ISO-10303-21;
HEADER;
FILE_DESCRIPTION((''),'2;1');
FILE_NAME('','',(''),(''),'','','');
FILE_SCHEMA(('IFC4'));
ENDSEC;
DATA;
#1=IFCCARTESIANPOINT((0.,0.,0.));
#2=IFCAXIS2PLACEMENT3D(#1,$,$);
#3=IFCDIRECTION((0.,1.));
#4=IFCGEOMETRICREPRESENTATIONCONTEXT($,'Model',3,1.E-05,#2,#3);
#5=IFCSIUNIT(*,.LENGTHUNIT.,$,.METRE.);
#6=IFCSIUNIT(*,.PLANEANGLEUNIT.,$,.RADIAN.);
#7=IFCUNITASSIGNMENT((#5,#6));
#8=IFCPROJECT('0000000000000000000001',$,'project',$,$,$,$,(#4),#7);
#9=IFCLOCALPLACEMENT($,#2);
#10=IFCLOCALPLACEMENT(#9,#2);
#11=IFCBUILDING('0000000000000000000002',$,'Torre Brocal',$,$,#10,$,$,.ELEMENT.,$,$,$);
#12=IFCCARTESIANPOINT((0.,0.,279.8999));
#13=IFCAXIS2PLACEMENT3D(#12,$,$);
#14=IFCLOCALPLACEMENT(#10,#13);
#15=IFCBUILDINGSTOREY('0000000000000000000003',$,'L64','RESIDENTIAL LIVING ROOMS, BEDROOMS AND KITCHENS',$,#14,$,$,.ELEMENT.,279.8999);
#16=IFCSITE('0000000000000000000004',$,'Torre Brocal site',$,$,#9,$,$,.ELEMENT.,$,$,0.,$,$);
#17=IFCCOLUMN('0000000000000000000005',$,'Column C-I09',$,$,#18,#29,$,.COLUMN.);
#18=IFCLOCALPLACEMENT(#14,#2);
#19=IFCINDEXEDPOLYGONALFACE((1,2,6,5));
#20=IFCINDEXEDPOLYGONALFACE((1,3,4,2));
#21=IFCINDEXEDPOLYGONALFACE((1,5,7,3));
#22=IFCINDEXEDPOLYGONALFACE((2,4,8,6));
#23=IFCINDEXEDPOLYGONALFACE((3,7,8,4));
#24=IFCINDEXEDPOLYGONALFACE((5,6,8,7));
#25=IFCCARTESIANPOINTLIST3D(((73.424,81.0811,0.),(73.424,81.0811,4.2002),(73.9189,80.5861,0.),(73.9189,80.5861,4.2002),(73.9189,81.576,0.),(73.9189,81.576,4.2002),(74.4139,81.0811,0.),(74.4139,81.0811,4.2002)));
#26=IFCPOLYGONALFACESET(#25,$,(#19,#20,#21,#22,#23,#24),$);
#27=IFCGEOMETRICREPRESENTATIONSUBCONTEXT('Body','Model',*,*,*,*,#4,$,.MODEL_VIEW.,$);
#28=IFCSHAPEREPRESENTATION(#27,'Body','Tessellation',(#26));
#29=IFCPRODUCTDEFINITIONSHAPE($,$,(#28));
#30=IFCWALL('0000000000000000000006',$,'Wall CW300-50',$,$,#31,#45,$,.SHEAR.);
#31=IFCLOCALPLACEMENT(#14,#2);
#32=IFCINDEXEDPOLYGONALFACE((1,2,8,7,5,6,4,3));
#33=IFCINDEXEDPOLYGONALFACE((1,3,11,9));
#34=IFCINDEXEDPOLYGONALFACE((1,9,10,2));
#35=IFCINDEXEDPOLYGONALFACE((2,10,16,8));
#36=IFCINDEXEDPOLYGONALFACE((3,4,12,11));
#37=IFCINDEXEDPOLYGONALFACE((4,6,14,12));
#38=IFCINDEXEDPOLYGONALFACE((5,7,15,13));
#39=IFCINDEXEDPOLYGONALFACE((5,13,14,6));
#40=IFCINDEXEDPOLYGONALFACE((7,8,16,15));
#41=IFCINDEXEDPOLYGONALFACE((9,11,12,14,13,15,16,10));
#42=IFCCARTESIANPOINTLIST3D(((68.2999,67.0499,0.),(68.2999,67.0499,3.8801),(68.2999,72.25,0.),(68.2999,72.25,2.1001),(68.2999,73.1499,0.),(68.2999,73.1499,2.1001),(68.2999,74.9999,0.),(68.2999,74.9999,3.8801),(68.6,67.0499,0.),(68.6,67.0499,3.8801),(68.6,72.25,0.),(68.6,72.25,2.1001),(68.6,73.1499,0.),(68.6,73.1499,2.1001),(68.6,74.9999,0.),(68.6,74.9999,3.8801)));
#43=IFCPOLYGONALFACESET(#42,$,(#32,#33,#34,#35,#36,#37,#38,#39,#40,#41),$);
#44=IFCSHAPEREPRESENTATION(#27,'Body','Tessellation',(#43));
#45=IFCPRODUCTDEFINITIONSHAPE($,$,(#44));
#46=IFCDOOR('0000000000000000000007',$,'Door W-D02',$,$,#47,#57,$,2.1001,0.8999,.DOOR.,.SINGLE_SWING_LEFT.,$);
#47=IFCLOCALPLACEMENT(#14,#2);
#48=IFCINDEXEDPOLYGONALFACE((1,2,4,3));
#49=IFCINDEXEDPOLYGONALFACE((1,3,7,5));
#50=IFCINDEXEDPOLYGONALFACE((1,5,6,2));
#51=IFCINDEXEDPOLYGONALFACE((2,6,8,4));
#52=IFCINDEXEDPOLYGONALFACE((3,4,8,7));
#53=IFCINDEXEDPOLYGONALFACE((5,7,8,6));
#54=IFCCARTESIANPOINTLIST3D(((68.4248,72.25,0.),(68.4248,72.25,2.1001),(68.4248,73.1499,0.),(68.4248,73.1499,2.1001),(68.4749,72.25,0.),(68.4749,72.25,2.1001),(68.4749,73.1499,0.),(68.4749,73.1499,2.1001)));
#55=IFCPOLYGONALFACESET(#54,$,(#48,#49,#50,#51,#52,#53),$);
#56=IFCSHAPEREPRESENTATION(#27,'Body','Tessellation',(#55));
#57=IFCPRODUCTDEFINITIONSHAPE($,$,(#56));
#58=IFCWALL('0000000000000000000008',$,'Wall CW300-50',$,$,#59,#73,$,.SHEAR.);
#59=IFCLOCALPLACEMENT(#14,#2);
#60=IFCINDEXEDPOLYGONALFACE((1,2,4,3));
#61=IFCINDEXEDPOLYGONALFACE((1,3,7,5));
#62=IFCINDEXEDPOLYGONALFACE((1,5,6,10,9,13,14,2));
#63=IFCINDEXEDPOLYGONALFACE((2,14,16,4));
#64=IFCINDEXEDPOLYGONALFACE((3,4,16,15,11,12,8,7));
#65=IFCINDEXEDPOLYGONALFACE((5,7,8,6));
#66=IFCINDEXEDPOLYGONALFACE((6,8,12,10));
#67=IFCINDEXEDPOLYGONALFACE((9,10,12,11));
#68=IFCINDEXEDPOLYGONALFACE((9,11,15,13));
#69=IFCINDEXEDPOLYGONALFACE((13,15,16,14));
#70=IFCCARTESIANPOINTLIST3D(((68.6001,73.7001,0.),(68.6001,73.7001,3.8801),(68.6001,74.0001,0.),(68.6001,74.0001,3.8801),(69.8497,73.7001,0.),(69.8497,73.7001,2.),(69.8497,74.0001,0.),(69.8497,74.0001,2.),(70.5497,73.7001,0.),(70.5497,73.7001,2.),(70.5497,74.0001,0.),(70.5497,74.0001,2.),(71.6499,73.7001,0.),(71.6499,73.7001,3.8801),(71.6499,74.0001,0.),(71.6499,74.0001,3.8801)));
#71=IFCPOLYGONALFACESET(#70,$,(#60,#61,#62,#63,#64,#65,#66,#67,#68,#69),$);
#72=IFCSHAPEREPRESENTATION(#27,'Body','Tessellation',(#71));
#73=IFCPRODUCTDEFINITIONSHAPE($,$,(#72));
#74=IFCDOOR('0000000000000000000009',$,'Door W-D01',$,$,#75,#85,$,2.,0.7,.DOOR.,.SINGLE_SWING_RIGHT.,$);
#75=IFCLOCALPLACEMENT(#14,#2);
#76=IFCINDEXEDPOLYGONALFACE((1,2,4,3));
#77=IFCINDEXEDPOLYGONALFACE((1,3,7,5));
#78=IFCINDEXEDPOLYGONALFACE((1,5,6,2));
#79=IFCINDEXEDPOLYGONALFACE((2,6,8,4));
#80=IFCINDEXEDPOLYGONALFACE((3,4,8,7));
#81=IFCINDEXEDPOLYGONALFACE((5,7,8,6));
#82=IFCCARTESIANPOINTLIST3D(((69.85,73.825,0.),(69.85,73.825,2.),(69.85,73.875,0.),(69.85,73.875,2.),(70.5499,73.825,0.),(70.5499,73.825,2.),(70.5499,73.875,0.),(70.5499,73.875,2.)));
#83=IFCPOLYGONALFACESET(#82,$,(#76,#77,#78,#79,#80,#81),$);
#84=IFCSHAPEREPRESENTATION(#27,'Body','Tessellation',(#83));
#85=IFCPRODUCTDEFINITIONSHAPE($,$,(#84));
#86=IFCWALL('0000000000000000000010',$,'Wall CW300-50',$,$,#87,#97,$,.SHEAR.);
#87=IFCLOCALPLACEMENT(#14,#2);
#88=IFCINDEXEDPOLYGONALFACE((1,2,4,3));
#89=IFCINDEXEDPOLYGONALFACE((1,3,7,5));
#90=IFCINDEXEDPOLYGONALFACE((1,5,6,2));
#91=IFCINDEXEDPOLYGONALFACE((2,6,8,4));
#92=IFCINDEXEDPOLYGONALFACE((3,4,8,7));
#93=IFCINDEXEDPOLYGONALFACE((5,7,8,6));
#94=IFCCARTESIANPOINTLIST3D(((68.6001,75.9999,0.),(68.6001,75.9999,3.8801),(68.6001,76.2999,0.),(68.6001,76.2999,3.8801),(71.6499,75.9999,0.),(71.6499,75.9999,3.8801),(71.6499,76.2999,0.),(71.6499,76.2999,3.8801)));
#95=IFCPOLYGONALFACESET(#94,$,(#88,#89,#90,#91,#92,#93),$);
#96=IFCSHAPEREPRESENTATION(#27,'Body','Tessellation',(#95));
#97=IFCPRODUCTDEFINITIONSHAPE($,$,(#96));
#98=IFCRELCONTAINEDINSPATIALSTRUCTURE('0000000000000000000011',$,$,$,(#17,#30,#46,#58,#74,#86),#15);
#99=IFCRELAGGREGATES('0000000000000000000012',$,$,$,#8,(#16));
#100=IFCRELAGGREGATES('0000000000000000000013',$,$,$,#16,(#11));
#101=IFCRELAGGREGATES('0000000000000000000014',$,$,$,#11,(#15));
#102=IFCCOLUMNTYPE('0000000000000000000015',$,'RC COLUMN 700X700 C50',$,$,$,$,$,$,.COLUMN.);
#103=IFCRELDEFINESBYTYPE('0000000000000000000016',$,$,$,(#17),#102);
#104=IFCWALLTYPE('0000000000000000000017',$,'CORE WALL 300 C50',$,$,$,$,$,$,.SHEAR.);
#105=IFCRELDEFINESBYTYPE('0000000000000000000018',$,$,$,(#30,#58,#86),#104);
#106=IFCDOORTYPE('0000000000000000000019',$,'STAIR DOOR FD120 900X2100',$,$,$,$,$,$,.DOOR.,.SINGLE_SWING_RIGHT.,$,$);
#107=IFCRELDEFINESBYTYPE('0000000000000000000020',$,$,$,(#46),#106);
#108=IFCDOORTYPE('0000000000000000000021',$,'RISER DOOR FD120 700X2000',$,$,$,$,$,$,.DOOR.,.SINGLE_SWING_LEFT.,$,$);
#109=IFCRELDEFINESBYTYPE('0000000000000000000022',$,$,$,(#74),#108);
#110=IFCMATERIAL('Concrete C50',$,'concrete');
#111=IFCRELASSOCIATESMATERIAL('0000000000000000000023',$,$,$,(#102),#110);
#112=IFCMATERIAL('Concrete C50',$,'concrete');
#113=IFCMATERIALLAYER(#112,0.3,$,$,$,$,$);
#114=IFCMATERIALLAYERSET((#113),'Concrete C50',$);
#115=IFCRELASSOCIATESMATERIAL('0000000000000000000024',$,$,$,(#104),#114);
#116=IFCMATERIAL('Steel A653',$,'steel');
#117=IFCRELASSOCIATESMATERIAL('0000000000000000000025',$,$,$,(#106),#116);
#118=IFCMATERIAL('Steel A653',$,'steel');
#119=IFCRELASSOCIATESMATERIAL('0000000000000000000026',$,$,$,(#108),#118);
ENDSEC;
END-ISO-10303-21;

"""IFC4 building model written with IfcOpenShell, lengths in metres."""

from ifc_helpers import new_model, si_unit, direction, frame, frame_2d, origin, origin_2d, place, context, subcontext, project, spatial, rectangle, extrude, material, layer, layer_set, material_profile, profile_set, type_object, element, fill, save


model = new_model("IFC4")

# Units and contexts
model_context = context("Model", 3, precision=1e-05, world=origin(), true_north=direction((0.0, 1.0)))
body_context = subcontext(model_context, "Body", "Model", "MODEL_VIEW")
ifc_project = project(units=[si_unit("LENGTHUNIT", "METRE"), si_unit("PLANEANGLEUNIT", "RADIAN")], contexts=[model_context])

# Site, building, storey
site_placement = place(None, origin())
site = spatial("IfcSite", under=ifc_project, at=site_placement, Name="Torre Brocal site", CompositionType="ELEMENT", RefElevation=0.0)
building_placement = place(site_placement, origin())
building = spatial("IfcBuilding", under=site, at=building_placement, Name="Torre Brocal", CompositionType="ELEMENT")
storey_placement = place(building_placement, frame((0.0, 0.0, 279.8999)))
storey = spatial("IfcBuildingStorey", under=building, at=storey_placement, Name="L64", Description="RESIDENTIAL LIVING ROOMS, BEDROOMS AND KITCHENS", CompositionType="ELEMENT", Elevation=279.8999)

# Column
ifc_material_1 = material(Name="Concrete C50", Category="concrete")
ifc_material_profile = material_profile(ifc_material_1, rectangle(XDim=0.7, YDim=0.7, at=origin_2d()), Name="RC 700X700")
ifc_profile_set = profile_set([ifc_material_profile], Name="Concrete C50")
column_type = type_object("IfcColumnType", Name="RC COLUMN 700X700 C50", PredefinedType="COLUMN", material=ifc_profile_set)
column_placement = place(storey_placement, frame((73.9189, 81.0811, 0.0), z_axis=(0.0, 0.0, 1.0), x_axis=(-0.707107, 0.707107, 0.0)))
element("IfcColumn", 1, at=column_placement, inside=storey, type_object=column_type, Name="Column C-I09", PredefinedType="COLUMN", context=body_context, shape_type="SweptSolid", body=[
    extrude(rectangle(XDim=0.7, YDim=0.7, at=origin_2d()), origin(), (0.0, 0.0, 1.0), 4.2002),
])

# Walls, openings, doors
ifc_material_2 = material(Name="Concrete C50", Category="concrete")
ifc_layer_1 = layer(ifc_material_2, 0.3)
ifc_layer_set_1 = layer_set([ifc_layer_1], Name="Concrete C50")
wall_type_1 = type_object("IfcWallType", Name="CORE WALL 300 C50", PredefinedType="SHEAR", material=ifc_layer_set_1)
wall_1_placement = place(storey_placement, frame((68.45, 75.0, 0.0), z_axis=(0.0, 0.0, 1.0), x_axis=(0.0, -1.0, 0.0)))
wall_1 = element("IfcWall", 2, at=wall_1_placement, inside=storey, type_object=wall_type_1, Name="Wall CW300-50", PredefinedType="SHEAR", context=body_context, shape_type="SweptSolid", body=[
    extrude(rectangle(XDim=7.95, YDim=0.3, at=frame_2d((3.9751, 0.0))), origin(), (0.0, 0.0, 1.0), 3.8801),
])
opening_1_placement = place(wall_1_placement, frame((1.8501, 0.0, 0.0)))
opening_1 = element("IfcOpeningElement", 3, at=opening_1_placement, cuts=wall_1, PredefinedType="OPENING", context=body_context, shape_type="SweptSolid", body=[
    extrude(rectangle(XDim=0.8999, YDim=2.1001, at=frame_2d((0.45, 1.05))), frame((0.0, 0.1599, 0.0), z_axis=(0.0, -1.0, 0.0), x_axis=(1.0, 0.0, 0.0)), (0.0, 0.0, 1.0), 0.3201),
])
ifc_material_3 = material(Name="Steel A653", Category="steel")
door_type_1 = type_object("IfcDoorType", Name="STAIR DOOR FD120 900X2100", OperationType="SINGLE_SWING_RIGHT", PredefinedType="DOOR", material=ifc_material_3)
door_1_placement = place(opening_1_placement, origin())
door_1 = element("IfcDoor", 4, at=door_1_placement, inside=storey, type_object=door_type_1, Name="Door W-D02", OperationType="SINGLE_SWING_LEFT", OverallHeight=2.1001, OverallWidth=0.8999, PredefinedType="DOOR", context=body_context, shape_type="SweptSolid", body=[
    extrude(rectangle(XDim=0.8999, YDim=2.1001, at=frame_2d((0.45, 1.05))), frame((0.0, 0.0249, 0.0), z_axis=(0.0, -1.0, 0.0), x_axis=(1.0, 0.0, 0.0)), (0.0, 0.0, 1.0), 0.05),
])
fill(opening_1, door_1)
wall_2_placement = place(storey_placement, frame((71.6499, 73.8501, 0.0), z_axis=(0.0, 0.0, 1.0), x_axis=(-1.0, 0.0, 0.0)))
wall_2 = element("IfcWall", 5, at=wall_2_placement, inside=storey, type_object=wall_type_1, Name="Wall CW300-50", PredefinedType="SHEAR", context=body_context, shape_type="SweptSolid", body=[
    extrude(rectangle(XDim=3.0498, YDim=0.3, at=frame_2d((1.5249, 0.0))), origin(), (0.0, 0.0, 1.0), 3.8801),
])
opening_2_placement = place(wall_2_placement, frame((1.1001, 0.0, 0.0)))
opening_2 = element("IfcOpeningElement", 6, at=opening_2_placement, cuts=wall_2, PredefinedType="OPENING", context=body_context, shape_type="SweptSolid", body=[
    extrude(rectangle(XDim=0.7, YDim=2.0, at=frame_2d((0.3501, 1.0))), frame((0.0, 0.1599, 0.0), z_axis=(0.0, -1.0, 0.0), x_axis=(1.0, 0.0, 0.0)), (0.0, 0.0, 1.0), 0.3201),
])
ifc_material_4 = material(Name="Steel A653", Category="steel")
door_type_2 = type_object("IfcDoorType", Name="RISER DOOR FD120 700X2000", OperationType="SINGLE_SWING_LEFT", PredefinedType="DOOR", material=ifc_material_4)
door_2_placement = place(opening_2_placement, frame((0.7, 0.0, 0.0), z_axis=(0.0, 0.0, 1.0), x_axis=(-1.0, 0.0, 0.0)))
door_2 = element("IfcDoor", 7, at=door_2_placement, inside=storey, type_object=door_type_2, Name="Door W-D01", OperationType="SINGLE_SWING_RIGHT", OverallHeight=2.0, OverallWidth=0.7, PredefinedType="DOOR", context=body_context, shape_type="SweptSolid", body=[
    extrude(rectangle(XDim=0.7, YDim=2.0, at=frame_2d((0.3501, 1.0))), frame((0.0, 0.0249, 0.0), z_axis=(0.0, -1.0, 0.0), x_axis=(1.0, 0.0, 0.0)), (0.0, 0.0, 1.0), 0.05),
])
fill(opening_2, door_2)

# Wall
wall_3_placement = place(storey_placement, frame((71.6499, 76.1499, 0.0), z_axis=(0.0, 0.0, 1.0), x_axis=(-1.0, 0.0, 0.0)))
element("IfcWall", 8, at=wall_3_placement, inside=storey, type_object=wall_type_1, Name="Wall CW300-50", PredefinedType="SHEAR", context=body_context, shape_type="SweptSolid", body=[
    extrude(rectangle(XDim=3.0498, YDim=0.3, at=frame_2d((1.5249, 0.0))), origin(), (0.0, 0.0, 1.0), 3.8801),
])

save(model, "model.ifc")
